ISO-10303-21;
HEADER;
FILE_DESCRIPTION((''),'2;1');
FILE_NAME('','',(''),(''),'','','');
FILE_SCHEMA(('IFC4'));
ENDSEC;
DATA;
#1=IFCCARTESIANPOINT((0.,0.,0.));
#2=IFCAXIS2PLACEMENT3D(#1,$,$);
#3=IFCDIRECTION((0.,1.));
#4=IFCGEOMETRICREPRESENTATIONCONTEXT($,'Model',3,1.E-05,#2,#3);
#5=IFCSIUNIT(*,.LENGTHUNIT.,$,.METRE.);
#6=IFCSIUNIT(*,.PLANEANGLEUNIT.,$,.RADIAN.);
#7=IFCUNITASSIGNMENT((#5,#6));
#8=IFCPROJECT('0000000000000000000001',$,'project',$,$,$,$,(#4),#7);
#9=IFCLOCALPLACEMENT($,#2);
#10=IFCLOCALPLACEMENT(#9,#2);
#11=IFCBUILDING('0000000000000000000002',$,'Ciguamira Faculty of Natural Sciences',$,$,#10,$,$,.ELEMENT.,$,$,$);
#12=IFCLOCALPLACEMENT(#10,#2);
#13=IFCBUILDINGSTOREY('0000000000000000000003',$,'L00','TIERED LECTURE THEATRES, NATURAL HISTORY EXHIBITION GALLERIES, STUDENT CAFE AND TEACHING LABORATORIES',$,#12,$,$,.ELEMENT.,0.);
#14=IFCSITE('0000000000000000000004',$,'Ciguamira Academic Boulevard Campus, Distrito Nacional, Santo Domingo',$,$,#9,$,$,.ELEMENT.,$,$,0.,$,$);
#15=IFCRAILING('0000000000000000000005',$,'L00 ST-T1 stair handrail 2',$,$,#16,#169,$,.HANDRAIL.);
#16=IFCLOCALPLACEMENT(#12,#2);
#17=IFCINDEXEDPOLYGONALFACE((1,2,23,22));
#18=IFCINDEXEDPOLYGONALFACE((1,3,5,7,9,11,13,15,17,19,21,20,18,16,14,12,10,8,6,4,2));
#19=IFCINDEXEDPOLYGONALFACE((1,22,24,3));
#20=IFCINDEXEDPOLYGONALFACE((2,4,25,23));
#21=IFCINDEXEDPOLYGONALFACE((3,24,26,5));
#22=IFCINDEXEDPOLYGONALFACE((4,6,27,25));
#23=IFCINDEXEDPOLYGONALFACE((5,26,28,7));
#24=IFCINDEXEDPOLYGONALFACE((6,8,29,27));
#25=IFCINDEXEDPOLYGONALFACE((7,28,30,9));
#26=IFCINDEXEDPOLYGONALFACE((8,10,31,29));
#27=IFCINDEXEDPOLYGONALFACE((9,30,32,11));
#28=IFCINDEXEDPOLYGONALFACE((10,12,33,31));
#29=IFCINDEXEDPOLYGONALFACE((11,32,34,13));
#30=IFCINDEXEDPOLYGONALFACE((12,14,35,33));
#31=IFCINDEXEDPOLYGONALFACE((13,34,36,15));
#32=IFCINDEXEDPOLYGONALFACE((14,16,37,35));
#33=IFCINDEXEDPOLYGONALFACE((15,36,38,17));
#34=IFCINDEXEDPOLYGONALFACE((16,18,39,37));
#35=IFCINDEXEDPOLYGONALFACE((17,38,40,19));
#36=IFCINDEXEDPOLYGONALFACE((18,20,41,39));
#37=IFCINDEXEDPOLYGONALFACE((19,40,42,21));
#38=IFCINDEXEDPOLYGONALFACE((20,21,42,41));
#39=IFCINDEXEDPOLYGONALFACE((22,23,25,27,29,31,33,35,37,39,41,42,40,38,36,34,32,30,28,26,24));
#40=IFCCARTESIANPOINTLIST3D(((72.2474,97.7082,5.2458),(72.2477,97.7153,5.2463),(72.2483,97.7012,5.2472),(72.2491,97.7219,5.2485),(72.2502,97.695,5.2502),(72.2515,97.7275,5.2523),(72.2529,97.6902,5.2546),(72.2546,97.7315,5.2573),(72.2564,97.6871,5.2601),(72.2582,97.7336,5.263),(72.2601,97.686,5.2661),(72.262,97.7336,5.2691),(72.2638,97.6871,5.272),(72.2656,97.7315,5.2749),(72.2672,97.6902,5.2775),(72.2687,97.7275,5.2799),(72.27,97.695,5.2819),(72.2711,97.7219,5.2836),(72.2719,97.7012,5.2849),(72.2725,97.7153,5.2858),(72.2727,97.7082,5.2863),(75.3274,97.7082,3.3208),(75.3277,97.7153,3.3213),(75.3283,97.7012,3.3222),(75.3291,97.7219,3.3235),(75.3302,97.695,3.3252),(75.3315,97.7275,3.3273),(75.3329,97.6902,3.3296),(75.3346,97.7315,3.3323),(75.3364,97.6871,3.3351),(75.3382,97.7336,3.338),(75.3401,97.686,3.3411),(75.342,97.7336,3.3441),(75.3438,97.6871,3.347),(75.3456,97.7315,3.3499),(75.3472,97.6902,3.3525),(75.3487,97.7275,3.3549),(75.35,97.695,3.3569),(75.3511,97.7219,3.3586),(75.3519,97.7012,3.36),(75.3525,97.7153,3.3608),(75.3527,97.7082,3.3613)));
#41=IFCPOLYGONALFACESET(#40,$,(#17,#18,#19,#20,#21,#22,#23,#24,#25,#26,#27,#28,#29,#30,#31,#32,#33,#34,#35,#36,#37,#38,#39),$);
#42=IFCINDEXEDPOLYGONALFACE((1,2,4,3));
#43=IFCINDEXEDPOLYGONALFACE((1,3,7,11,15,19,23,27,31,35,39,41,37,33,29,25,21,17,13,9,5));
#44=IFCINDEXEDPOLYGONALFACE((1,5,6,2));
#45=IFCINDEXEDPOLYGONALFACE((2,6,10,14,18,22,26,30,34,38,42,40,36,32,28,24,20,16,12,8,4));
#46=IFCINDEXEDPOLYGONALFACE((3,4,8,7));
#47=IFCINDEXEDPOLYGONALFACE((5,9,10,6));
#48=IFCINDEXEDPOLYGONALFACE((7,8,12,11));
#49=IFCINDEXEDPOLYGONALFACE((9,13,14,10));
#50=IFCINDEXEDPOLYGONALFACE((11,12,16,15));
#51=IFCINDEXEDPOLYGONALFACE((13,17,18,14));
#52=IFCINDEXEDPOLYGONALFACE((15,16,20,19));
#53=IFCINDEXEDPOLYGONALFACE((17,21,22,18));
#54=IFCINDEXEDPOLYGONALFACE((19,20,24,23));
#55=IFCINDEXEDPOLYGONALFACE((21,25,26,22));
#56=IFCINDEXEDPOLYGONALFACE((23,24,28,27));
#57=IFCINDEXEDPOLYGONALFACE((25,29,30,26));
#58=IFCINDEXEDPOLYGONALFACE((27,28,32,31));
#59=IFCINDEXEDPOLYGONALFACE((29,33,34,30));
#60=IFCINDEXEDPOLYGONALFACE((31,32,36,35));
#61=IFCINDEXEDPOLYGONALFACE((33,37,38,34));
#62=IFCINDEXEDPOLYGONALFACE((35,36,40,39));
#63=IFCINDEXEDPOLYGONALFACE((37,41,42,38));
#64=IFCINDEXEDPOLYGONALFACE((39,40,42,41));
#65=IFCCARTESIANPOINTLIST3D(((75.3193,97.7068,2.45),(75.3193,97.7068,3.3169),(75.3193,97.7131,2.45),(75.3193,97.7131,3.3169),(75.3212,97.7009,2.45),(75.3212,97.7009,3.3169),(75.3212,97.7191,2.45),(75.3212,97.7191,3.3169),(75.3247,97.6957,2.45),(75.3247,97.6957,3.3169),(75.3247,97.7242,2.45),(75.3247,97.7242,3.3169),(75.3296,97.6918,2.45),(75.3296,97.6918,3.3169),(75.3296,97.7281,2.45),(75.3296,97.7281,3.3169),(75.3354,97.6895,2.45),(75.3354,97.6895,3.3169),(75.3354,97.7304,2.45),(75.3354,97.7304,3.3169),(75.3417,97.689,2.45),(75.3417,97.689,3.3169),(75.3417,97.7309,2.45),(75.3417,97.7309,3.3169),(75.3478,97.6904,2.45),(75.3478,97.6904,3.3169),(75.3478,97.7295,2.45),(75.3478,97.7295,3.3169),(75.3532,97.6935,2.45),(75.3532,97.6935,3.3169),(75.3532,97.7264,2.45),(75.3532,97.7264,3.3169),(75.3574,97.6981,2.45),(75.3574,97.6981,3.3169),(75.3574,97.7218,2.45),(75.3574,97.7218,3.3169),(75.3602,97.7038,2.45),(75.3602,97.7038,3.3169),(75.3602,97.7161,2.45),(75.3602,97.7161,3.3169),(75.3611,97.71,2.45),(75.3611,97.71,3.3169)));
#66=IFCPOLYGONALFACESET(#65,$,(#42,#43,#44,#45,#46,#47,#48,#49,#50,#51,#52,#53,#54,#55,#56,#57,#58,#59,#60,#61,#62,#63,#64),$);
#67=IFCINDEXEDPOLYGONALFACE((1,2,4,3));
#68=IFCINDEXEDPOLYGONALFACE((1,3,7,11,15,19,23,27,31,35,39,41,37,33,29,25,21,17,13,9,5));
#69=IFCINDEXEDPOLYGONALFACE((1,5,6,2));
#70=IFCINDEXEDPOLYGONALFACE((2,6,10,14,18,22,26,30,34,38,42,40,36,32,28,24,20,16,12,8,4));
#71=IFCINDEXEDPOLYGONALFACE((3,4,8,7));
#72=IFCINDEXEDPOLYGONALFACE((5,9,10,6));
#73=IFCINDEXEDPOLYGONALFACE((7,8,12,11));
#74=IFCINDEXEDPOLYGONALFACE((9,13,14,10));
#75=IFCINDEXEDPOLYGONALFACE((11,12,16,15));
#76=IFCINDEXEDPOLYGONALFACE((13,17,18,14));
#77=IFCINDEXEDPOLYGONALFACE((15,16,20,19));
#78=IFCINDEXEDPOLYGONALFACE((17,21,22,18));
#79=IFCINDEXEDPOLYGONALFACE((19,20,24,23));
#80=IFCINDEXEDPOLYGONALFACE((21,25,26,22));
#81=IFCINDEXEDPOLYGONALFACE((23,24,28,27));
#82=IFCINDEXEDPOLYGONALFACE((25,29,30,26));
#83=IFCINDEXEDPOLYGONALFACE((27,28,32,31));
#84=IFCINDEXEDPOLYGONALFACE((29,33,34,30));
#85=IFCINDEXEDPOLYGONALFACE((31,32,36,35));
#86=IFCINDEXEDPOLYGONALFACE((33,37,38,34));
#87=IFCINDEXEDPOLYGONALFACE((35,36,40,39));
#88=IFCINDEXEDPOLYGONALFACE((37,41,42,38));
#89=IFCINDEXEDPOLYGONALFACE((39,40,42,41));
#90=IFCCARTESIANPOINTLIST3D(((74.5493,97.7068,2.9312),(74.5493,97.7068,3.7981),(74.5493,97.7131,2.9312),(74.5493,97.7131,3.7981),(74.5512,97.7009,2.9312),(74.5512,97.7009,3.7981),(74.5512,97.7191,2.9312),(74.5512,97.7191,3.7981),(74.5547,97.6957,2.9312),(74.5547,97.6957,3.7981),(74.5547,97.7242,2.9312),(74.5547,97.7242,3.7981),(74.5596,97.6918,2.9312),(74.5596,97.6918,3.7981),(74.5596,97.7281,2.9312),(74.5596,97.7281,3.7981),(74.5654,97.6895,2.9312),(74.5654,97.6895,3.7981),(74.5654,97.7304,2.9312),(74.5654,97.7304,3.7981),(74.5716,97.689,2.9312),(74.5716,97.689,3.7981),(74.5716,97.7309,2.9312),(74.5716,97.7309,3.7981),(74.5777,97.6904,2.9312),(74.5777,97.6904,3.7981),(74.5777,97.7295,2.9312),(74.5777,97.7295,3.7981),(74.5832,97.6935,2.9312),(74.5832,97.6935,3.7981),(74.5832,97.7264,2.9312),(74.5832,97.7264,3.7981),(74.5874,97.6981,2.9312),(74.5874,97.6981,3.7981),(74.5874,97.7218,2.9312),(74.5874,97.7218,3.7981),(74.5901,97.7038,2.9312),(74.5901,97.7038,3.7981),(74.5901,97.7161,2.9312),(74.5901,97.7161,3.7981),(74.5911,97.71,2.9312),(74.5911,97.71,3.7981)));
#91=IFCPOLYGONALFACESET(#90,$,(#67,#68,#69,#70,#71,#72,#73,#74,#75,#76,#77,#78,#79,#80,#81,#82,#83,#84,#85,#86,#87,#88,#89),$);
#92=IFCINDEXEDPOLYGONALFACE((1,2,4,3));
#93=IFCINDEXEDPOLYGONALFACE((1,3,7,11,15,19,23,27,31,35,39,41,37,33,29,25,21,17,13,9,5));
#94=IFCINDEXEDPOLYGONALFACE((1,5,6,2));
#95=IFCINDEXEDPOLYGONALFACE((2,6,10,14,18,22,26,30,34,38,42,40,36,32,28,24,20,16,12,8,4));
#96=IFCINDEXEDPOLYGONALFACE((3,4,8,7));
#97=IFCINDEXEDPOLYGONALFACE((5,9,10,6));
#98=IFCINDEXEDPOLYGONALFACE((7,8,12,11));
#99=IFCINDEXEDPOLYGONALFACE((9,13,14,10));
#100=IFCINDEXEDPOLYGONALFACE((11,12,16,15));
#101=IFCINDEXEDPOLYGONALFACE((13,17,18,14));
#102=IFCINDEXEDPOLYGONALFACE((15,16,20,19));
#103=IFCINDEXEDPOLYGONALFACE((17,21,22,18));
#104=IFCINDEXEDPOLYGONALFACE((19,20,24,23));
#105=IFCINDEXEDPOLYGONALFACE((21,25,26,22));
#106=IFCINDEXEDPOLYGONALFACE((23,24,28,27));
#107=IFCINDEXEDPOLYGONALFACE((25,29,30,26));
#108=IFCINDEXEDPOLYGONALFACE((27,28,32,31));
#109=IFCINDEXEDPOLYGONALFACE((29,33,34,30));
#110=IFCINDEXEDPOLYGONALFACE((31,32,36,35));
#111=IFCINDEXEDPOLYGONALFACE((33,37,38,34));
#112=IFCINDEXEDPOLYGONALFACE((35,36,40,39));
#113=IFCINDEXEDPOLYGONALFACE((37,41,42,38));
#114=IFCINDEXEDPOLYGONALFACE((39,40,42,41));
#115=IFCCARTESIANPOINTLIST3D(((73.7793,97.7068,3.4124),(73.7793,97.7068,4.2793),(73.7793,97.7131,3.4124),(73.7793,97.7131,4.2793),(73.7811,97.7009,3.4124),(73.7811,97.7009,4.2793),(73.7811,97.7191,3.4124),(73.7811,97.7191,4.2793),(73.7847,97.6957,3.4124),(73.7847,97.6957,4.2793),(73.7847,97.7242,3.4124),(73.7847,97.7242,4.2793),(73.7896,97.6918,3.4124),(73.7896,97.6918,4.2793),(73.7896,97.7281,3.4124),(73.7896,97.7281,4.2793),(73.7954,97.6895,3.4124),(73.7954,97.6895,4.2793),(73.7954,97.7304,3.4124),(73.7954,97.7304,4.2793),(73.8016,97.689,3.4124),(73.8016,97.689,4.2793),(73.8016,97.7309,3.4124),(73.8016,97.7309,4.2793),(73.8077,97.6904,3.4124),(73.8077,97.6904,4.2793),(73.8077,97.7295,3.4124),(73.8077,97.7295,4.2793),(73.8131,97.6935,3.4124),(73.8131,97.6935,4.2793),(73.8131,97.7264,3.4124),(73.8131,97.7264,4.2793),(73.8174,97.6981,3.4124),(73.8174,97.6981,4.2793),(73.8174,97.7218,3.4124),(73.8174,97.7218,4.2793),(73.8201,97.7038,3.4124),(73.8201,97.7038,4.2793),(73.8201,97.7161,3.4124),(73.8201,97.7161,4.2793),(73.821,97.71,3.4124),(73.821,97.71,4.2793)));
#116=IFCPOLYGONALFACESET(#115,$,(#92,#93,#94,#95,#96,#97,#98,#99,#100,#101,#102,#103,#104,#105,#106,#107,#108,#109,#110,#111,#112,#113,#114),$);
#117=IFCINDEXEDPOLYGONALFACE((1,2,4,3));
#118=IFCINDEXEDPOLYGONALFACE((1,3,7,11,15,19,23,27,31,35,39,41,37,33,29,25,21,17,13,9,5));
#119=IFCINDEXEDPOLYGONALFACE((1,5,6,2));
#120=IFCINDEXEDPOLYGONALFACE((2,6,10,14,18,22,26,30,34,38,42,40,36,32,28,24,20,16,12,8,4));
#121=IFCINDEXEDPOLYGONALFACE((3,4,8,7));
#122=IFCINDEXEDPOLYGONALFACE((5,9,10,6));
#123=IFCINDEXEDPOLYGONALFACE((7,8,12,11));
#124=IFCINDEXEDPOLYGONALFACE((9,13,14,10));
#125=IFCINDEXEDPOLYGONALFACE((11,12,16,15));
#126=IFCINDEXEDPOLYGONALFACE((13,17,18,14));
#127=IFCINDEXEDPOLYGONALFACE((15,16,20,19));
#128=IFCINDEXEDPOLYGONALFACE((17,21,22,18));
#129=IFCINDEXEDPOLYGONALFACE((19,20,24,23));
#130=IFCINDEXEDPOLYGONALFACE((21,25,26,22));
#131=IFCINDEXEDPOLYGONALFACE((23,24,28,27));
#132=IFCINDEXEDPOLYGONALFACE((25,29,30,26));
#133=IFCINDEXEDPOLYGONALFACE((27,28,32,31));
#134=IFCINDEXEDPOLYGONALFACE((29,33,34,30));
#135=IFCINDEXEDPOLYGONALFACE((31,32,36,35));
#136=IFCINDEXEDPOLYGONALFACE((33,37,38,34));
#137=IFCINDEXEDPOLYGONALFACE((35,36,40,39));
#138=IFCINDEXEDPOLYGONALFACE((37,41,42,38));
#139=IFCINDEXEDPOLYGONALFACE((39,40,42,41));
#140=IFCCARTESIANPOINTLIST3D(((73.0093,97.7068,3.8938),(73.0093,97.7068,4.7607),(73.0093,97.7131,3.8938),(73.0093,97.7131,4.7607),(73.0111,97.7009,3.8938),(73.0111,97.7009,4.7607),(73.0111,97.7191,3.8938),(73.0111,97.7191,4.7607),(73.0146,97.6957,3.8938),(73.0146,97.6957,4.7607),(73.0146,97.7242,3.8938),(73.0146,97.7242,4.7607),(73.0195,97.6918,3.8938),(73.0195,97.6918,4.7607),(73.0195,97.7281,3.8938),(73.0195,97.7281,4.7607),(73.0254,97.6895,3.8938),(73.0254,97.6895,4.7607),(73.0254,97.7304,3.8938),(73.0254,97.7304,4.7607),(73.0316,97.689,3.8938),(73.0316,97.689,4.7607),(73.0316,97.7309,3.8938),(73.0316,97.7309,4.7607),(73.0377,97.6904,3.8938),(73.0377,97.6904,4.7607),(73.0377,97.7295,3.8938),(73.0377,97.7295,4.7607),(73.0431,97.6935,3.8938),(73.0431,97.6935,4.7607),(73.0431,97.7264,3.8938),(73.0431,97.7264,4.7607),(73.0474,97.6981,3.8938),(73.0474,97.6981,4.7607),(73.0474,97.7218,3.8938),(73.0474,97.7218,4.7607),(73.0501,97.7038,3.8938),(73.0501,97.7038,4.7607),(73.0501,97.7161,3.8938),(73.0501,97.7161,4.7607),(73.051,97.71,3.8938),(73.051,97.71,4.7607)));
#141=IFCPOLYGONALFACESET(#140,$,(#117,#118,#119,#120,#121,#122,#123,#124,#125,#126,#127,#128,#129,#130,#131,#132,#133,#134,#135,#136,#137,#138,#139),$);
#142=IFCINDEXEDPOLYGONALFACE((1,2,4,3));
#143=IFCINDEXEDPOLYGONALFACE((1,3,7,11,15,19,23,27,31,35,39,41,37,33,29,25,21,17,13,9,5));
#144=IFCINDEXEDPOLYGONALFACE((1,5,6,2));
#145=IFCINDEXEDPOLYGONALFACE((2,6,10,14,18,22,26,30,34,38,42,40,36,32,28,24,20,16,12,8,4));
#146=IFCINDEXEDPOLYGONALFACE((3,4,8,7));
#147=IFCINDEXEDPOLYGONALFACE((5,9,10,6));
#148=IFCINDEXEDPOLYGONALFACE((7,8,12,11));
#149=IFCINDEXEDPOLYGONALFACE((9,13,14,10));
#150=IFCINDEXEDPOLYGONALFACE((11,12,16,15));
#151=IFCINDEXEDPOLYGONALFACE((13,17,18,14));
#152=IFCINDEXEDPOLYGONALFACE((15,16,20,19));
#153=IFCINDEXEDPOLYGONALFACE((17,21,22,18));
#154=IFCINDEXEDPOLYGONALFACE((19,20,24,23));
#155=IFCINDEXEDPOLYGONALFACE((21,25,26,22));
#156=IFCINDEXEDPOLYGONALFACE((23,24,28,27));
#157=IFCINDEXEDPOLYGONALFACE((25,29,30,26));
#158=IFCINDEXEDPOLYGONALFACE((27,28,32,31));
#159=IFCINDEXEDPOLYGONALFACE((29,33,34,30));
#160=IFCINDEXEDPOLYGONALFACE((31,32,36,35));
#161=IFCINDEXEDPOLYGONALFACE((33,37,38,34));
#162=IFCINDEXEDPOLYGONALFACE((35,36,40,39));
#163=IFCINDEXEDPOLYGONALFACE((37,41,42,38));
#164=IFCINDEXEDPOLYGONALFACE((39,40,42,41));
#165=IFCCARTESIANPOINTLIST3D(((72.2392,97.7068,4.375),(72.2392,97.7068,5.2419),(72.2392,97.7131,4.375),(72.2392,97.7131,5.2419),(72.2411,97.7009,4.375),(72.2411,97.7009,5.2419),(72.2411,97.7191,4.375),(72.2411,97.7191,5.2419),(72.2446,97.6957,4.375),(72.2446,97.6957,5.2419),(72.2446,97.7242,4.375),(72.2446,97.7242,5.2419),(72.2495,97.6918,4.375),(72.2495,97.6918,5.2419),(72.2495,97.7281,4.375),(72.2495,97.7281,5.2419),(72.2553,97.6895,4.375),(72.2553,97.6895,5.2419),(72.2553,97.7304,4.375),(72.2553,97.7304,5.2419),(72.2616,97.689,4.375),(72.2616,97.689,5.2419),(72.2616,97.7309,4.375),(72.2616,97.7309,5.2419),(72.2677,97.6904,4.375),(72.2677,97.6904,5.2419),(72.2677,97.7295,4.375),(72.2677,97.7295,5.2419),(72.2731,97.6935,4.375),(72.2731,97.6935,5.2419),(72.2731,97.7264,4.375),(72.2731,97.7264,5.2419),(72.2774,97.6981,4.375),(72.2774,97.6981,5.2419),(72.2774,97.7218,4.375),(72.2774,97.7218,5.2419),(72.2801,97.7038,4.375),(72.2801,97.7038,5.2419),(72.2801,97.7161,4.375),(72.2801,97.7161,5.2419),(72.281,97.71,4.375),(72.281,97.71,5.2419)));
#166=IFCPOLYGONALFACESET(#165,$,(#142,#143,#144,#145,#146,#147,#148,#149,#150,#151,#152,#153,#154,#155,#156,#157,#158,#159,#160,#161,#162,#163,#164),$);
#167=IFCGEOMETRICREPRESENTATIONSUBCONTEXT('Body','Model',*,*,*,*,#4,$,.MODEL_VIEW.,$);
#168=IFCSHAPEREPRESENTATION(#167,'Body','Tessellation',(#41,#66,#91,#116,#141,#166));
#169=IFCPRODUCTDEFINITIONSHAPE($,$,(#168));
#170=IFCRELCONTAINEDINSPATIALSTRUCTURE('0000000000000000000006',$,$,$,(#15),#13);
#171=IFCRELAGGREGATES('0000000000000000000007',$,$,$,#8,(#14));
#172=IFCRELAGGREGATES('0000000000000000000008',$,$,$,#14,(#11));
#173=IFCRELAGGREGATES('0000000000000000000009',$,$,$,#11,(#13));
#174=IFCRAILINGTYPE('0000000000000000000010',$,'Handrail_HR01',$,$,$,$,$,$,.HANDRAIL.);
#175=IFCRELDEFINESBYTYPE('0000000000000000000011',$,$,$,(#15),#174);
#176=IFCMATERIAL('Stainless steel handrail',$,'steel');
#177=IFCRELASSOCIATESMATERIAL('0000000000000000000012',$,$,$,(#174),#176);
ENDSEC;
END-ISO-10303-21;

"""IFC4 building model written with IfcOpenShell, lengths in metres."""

from ifc_helpers import new_model, si_unit, direction, frame, origin, origin_2d, place, context, subcontext, project, spatial, circle, extrude, material, type_object, element, save


model = new_model("IFC4")

# Units and contexts
model_context = context("Model", 3, precision=1e-05, world=origin(), true_north=direction((0.0, 1.0)))
body_context = subcontext(model_context, "Body", "Model", "MODEL_VIEW")
ifc_project = project(units=[si_unit("LENGTHUNIT", "METRE"), si_unit("PLANEANGLEUNIT", "RADIAN")], contexts=[model_context])

# Site, building, storey
site_placement = place(None, origin())
site = spatial("IfcSite", under=ifc_project, at=site_placement, Name="Ciguamira Academic Boulevard Campus, Distrito Nacional, Santo Domingo", CompositionType="ELEMENT", RefElevation=0.0)
building_placement = place(site_placement, origin())
building = spatial("IfcBuilding", under=site, at=building_placement, Name="Ciguamira Faculty of Natural Sciences", CompositionType="ELEMENT")
storey_placement = place(building_placement, origin())
storey = spatial("IfcBuildingStorey", under=building, at=storey_placement, Name="L00", Description="TIERED LECTURE THEATRES, NATURAL HISTORY EXHIBITION GALLERIES, STUDENT CAFE AND TEACHING LABORATORIES", CompositionType="ELEMENT", Elevation=0.0)

# Railing
ifc_material_1 = material(Name="Stainless steel handrail", Category="steel")
railing_type_1 = type_object("IfcRailingType", Name="Handrail_HR01", PredefinedType="HANDRAIL", material=ifc_material_1)
railing_1_placement = place(storey_placement, frame((75.3401, 97.71, 2.45)))
element("IfcRailing", 1, at=railing_1_placement, inside=storey, type_object=railing_type_1, Name="L00 ST-T1 stair handrail 2", PredefinedType="HANDRAIL", context=body_context, shape_type="SweptSolid", body=[
    extrude(circle(Radius=0.0239, at=origin_2d()), frame((0.0, 0.0, 0.8911), z_axis=(-0.847998, 0.0, 0.529999), x_axis=(0.0, -1.0, 0.0)), (0.0, 0.0, 1.0), 3.6321),
    extrude(circle(Radius=0.021, at=origin_2d()), origin(), (0.0, 0.0, 1.0), 0.8669),
    extrude(circle(Radius=0.021, at=origin_2d()), frame((-0.77, 0.0, 0.4812)), (0.0, 0.0, 1.0), 0.8669),
    extrude(circle(Radius=0.021, at=origin_2d()), frame((-1.54, 0.0, 0.9624)), (0.0, 0.0, 1.0), 0.8669),
    extrude(circle(Radius=0.021, at=origin_2d()), frame((-2.3101, 0.0, 1.4438)), (0.0, 0.0, 1.0), 0.8669),
    extrude(circle(Radius=0.021, at=origin_2d()), frame((-3.0801, 0.0, 1.925)), (0.0, 0.0, 1.0), 0.8669),
])

save(model, "model.ifc")
